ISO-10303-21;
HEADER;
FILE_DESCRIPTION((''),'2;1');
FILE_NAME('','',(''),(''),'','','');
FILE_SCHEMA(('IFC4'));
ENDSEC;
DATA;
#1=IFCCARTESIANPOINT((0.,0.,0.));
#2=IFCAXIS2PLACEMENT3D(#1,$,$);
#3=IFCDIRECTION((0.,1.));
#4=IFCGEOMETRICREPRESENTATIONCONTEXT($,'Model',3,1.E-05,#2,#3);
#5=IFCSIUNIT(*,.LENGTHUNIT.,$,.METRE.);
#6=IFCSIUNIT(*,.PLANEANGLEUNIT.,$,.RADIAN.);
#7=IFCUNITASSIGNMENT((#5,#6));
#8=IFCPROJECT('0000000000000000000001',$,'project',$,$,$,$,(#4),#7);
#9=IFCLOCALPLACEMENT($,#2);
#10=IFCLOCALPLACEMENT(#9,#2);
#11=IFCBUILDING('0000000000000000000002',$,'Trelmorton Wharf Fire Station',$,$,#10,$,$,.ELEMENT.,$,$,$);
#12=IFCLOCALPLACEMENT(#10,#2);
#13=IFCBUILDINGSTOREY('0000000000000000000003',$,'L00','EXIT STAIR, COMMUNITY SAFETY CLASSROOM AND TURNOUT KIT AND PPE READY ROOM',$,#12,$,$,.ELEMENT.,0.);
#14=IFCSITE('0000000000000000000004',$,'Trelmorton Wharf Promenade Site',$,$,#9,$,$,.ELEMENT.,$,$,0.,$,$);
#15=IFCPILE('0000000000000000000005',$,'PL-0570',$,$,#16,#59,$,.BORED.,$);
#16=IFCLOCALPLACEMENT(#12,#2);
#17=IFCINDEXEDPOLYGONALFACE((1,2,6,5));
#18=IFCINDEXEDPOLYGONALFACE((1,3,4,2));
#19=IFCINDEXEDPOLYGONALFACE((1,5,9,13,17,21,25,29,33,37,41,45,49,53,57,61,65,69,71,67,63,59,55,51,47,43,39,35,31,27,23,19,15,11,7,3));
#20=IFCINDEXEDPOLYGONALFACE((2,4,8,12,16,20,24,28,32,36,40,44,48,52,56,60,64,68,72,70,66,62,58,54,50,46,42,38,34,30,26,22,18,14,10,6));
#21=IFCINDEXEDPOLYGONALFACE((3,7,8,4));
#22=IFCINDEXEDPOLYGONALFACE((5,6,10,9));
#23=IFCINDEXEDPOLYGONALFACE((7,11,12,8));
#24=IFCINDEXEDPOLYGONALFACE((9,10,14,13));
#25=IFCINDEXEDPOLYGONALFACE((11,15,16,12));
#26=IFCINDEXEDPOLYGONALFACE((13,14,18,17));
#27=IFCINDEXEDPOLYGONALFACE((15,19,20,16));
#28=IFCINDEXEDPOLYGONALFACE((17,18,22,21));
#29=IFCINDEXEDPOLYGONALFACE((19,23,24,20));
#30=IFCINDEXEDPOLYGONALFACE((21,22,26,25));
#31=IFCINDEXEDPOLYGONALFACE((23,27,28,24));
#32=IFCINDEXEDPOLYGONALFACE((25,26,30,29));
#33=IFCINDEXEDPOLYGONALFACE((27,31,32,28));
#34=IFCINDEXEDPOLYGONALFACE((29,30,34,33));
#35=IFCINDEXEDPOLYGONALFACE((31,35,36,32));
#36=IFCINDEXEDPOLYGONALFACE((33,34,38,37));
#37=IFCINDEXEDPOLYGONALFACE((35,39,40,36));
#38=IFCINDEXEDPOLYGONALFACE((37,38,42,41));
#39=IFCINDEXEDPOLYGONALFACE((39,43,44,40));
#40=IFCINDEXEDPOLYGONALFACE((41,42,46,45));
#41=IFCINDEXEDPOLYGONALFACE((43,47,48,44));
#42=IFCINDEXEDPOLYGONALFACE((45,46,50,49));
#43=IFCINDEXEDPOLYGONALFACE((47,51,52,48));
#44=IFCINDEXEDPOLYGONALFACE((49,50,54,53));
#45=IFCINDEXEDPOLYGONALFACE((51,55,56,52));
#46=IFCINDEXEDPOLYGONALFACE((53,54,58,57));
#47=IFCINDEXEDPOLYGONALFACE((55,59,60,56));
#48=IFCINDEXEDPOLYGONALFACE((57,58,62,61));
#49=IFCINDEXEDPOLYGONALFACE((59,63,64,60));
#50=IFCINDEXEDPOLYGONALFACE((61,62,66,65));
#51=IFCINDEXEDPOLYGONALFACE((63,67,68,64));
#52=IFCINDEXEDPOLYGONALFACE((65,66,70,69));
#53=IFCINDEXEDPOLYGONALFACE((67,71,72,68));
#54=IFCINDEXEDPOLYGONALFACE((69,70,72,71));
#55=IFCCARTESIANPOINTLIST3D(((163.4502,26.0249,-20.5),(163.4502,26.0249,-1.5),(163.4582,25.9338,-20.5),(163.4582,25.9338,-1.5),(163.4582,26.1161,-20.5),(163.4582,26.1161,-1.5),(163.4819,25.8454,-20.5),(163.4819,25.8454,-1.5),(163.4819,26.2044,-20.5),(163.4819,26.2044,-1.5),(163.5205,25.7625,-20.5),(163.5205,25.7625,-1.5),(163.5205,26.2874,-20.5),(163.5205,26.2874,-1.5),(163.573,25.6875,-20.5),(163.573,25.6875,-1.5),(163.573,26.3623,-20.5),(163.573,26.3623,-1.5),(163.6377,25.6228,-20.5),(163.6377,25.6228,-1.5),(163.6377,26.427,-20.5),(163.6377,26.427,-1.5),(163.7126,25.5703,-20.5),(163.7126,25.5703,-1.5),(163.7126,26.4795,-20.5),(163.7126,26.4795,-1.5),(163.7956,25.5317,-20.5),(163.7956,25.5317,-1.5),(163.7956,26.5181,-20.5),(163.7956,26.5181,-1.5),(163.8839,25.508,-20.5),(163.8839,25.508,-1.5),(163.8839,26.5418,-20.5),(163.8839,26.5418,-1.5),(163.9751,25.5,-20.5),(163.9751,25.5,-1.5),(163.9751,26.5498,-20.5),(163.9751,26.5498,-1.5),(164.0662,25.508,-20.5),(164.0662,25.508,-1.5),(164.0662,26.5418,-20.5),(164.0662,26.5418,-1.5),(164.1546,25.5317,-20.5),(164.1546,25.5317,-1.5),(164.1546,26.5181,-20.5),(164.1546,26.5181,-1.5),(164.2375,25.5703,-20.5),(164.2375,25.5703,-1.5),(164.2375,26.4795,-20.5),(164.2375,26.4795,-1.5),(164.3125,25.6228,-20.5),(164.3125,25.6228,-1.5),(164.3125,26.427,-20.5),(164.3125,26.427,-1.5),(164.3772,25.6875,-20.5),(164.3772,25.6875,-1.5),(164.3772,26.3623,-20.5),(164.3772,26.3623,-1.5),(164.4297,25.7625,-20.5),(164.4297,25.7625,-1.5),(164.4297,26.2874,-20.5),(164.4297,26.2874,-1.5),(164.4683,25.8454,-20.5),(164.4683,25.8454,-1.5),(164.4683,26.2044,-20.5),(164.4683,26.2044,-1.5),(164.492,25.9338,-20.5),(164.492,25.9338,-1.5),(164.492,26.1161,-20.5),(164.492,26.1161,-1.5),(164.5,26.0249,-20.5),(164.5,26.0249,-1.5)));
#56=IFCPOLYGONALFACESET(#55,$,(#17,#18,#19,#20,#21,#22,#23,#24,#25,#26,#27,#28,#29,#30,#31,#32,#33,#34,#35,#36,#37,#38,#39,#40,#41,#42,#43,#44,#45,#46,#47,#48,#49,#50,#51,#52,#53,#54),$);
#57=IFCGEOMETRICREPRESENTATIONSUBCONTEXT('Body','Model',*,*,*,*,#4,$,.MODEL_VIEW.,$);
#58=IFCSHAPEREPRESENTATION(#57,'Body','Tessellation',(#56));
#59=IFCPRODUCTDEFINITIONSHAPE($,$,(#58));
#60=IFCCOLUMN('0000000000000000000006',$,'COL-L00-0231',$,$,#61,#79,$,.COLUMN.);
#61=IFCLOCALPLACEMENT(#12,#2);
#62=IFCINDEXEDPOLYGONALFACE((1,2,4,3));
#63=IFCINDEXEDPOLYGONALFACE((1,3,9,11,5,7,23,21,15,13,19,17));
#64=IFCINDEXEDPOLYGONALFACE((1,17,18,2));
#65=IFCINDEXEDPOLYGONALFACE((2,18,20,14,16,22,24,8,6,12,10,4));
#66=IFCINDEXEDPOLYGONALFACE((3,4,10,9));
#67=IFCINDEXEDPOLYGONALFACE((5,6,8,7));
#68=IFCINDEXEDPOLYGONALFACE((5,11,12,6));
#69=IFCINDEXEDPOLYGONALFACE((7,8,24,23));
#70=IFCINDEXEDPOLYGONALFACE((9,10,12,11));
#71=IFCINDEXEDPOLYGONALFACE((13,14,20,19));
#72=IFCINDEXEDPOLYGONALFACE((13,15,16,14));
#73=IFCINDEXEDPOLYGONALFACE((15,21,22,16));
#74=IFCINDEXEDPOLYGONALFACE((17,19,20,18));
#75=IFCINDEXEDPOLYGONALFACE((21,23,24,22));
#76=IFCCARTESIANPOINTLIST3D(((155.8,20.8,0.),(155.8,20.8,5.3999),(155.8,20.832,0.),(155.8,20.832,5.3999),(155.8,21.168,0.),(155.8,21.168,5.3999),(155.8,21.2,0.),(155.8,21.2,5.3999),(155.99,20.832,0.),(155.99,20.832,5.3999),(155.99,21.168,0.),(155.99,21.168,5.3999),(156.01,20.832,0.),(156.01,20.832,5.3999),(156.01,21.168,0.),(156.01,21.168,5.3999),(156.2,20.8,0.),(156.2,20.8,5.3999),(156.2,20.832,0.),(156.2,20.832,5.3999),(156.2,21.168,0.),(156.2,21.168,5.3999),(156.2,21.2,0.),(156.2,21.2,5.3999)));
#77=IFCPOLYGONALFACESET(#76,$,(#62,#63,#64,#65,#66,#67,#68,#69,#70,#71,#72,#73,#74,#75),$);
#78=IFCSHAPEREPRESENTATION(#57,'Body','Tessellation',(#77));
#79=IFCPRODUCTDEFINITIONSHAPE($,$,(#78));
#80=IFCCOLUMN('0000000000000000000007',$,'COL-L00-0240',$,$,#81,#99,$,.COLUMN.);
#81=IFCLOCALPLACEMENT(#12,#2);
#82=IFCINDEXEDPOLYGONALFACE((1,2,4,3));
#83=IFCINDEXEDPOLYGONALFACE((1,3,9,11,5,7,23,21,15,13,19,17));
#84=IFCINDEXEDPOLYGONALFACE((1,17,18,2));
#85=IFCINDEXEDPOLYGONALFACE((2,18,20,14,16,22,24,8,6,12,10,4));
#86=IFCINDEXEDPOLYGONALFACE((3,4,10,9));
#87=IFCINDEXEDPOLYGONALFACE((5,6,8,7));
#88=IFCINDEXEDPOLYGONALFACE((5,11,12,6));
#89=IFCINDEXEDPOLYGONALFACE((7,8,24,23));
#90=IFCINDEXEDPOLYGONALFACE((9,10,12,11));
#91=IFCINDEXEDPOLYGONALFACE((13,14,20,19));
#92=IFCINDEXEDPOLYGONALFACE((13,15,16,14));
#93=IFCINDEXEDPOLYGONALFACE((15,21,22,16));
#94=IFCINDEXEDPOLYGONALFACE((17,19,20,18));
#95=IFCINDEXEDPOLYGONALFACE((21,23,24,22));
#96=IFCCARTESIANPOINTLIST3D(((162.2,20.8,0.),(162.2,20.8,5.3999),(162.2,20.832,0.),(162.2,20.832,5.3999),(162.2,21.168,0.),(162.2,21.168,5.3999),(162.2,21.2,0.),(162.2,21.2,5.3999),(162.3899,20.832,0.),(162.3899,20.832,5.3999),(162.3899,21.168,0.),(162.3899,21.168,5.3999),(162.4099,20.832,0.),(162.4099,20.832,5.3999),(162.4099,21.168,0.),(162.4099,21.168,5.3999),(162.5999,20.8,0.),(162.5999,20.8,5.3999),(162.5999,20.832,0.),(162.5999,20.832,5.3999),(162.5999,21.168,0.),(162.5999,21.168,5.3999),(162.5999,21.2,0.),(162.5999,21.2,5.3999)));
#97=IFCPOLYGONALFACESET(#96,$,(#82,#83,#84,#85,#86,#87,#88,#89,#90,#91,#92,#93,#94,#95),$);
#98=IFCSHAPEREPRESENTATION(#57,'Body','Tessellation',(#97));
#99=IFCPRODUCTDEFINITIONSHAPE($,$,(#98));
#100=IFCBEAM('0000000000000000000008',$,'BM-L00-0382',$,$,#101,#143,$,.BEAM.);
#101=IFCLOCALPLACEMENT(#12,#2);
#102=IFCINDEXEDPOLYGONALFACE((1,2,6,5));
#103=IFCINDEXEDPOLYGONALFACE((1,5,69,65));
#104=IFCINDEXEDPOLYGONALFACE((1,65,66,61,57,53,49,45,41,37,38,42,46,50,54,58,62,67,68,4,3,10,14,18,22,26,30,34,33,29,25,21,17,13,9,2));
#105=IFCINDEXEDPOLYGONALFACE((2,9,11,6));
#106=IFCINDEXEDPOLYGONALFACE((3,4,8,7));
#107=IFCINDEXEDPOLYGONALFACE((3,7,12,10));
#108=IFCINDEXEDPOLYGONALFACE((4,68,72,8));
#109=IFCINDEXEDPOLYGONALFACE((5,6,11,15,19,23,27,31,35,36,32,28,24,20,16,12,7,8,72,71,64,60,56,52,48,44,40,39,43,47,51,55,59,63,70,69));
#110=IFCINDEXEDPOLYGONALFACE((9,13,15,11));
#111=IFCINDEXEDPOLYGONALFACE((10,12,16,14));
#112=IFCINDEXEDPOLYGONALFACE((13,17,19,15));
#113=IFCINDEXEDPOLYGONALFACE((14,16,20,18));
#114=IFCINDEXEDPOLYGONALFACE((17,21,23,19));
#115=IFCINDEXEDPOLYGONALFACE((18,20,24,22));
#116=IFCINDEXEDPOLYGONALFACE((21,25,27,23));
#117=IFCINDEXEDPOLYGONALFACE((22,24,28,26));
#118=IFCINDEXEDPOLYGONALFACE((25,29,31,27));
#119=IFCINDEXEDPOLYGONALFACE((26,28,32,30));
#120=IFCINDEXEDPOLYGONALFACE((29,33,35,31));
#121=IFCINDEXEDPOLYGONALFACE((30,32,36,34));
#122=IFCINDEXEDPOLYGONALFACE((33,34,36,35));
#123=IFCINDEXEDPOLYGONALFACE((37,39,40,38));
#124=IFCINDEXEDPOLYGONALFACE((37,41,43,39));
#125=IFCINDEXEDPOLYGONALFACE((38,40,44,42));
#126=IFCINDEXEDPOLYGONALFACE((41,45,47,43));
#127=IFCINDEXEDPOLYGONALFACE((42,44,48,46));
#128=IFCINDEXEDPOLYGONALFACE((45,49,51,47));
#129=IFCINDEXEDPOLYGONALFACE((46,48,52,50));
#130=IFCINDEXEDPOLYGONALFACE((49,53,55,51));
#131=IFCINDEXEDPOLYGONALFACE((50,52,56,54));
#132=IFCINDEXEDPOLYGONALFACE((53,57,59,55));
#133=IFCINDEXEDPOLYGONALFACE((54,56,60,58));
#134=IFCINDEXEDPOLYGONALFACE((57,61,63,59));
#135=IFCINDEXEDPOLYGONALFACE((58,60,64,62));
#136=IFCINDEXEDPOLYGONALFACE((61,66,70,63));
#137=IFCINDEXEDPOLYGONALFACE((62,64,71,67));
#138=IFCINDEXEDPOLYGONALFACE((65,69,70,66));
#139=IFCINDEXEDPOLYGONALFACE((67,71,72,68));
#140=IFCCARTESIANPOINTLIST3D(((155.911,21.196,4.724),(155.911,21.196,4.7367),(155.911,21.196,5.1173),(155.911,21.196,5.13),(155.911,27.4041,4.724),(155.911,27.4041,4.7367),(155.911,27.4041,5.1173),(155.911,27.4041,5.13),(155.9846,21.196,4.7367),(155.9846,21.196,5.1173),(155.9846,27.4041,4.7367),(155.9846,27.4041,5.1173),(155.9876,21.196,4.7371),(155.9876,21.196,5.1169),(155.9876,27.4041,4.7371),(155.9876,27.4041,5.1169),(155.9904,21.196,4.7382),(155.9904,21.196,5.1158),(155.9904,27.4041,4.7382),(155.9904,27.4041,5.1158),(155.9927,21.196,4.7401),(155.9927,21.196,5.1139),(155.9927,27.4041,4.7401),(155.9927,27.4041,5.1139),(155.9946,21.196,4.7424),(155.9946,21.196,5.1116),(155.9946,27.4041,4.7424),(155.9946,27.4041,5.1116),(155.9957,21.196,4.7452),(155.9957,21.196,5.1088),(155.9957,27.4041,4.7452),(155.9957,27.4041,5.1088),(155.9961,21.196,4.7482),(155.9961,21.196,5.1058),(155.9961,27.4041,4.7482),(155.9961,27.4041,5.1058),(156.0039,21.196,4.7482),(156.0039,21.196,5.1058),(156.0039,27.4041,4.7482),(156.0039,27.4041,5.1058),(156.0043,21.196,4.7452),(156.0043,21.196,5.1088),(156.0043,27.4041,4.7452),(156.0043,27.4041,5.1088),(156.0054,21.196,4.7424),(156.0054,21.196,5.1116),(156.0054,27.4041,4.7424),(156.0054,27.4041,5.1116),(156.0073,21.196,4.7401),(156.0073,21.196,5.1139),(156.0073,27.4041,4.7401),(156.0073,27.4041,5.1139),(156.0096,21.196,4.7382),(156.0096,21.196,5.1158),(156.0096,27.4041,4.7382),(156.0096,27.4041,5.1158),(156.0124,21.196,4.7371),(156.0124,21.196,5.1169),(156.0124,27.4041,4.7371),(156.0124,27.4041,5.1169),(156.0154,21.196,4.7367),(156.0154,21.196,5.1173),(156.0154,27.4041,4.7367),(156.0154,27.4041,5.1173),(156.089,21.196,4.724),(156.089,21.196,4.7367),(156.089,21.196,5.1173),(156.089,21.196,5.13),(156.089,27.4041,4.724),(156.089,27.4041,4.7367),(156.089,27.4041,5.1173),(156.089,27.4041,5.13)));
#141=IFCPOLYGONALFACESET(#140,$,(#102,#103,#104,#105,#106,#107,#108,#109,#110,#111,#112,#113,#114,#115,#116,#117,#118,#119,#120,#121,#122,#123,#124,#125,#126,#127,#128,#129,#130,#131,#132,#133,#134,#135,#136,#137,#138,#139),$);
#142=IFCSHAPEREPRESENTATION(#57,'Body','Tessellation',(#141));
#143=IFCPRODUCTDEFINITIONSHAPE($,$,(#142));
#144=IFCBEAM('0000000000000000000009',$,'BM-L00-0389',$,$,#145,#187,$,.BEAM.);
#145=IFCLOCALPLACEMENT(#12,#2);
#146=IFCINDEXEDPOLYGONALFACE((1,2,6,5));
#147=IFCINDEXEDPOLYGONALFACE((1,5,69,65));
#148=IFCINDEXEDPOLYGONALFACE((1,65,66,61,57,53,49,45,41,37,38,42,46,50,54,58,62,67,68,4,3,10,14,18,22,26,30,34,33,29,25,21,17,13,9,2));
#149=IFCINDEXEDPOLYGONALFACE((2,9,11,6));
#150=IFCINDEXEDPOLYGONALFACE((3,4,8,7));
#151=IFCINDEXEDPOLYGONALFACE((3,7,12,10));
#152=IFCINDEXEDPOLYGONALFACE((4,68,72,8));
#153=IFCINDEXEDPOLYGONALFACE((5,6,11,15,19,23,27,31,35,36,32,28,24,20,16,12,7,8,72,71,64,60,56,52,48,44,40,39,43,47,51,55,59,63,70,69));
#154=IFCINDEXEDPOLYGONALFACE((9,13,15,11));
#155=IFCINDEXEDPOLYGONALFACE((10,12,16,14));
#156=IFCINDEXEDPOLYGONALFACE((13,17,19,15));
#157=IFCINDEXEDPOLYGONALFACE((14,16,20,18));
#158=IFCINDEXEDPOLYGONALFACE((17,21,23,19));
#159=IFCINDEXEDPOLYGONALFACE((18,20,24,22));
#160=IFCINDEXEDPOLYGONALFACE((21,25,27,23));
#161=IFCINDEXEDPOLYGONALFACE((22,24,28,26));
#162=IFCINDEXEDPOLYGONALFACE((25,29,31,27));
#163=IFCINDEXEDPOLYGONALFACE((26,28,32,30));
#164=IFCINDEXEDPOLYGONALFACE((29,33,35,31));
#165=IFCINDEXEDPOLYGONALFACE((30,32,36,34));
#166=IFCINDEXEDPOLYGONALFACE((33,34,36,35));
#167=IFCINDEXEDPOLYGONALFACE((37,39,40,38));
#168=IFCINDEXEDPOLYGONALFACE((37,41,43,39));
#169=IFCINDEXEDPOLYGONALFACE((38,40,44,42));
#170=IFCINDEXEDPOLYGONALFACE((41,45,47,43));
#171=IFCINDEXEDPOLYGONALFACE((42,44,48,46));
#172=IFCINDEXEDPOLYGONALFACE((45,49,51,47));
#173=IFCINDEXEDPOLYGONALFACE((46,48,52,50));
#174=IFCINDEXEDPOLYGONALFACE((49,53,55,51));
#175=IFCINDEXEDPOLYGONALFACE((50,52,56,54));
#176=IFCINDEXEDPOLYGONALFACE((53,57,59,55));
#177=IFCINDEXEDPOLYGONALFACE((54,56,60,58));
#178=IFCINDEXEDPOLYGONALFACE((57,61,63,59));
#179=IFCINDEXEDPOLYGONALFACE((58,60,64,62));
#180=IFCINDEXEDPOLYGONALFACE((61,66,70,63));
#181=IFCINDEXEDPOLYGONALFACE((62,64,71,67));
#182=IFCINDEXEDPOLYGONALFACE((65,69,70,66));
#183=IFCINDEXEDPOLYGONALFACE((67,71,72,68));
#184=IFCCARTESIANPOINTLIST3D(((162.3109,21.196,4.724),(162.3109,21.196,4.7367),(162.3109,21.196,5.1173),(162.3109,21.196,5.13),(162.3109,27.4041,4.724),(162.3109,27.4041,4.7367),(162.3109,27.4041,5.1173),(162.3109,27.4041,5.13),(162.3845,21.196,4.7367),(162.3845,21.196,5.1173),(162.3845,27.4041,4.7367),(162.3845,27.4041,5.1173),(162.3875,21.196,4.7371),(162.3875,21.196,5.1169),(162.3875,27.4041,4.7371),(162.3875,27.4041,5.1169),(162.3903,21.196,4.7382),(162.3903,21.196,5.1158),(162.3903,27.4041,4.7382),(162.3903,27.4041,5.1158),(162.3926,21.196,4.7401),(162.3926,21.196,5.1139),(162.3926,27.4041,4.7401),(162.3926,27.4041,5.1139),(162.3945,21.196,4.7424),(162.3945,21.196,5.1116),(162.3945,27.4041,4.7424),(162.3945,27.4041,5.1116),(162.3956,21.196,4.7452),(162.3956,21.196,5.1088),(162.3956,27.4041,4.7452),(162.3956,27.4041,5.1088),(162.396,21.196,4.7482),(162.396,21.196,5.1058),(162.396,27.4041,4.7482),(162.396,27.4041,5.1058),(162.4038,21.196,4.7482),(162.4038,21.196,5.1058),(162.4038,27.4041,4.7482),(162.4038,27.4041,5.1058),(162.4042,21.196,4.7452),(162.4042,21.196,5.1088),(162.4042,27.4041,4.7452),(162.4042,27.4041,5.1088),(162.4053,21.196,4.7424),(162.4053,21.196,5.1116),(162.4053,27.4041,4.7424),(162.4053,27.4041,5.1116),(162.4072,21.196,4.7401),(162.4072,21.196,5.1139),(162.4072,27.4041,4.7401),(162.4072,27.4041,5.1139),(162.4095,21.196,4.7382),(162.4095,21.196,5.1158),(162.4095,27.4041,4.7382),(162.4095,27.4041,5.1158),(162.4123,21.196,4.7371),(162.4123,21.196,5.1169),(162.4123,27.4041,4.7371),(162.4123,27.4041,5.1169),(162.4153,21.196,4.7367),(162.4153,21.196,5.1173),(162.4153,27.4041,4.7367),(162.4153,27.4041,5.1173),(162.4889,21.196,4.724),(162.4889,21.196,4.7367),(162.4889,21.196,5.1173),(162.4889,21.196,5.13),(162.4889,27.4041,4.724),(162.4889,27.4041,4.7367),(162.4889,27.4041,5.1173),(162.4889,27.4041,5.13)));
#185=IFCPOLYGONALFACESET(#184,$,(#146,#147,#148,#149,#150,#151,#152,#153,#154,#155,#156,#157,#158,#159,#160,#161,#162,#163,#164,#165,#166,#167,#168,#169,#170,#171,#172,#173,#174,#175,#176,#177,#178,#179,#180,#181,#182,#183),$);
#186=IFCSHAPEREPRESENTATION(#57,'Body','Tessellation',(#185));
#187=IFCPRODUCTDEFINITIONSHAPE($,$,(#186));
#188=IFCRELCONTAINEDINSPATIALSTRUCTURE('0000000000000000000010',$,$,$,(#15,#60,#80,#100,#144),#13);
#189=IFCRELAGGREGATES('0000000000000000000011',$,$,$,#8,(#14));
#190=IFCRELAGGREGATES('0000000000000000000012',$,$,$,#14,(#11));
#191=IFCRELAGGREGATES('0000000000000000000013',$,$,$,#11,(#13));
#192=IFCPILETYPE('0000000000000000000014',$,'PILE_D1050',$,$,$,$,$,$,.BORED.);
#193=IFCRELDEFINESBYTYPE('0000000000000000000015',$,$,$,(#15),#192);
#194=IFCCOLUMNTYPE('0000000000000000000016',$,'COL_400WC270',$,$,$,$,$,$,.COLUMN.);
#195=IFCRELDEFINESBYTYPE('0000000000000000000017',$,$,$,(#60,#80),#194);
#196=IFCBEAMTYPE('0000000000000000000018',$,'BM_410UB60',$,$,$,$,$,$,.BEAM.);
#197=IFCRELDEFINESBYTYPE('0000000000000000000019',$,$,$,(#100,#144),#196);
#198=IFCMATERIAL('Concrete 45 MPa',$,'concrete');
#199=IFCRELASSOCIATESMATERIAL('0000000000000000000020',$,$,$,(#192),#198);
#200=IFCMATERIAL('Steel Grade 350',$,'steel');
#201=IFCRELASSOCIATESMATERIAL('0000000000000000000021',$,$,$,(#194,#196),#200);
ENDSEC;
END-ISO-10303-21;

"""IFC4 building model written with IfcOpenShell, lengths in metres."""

from ifc_helpers import new_model, si_unit, direction, frame, origin, origin_2d, place, context, subcontext, project, spatial, circle, i_section, extrude, material, material_profile, profile_set, type_object, element, save


model = new_model("IFC4")

# Units and contexts
model_context = context("Model", 3, precision=1e-05, world=origin(), true_north=direction((0.0, 1.0)))
body_context = subcontext(model_context, "Body", "Model", "MODEL_VIEW")
ifc_project = project(units=[si_unit("LENGTHUNIT", "METRE"), si_unit("PLANEANGLEUNIT", "RADIAN")], contexts=[model_context])

# Site, building, storey
site_placement = place(None, origin())
site = spatial("IfcSite", under=ifc_project, at=site_placement, Name="Trelmorton Wharf Promenade Site", CompositionType="ELEMENT", RefElevation=0.0)
building_placement = place(site_placement, origin())
building = spatial("IfcBuilding", under=site, at=building_placement, Name="Trelmorton Wharf Fire Station", CompositionType="ELEMENT")
storey_placement = place(building_placement, origin())
storey = spatial("IfcBuildingStorey", under=building, at=storey_placement, Name="L00", Description="EXIT STAIR, COMMUNITY SAFETY CLASSROOM AND TURNOUT KIT AND PPE READY ROOM", CompositionType="ELEMENT", Elevation=0.0)

# Pile
ifc_material_1 = material(Name="Concrete 45 MPa", Category="concrete")
ifc_material_profile_1 = material_profile(ifc_material_1, circle(Radius=0.5249, at=origin_2d()), Name="PILE-D1050")
ifc_profile_set_1 = profile_set([ifc_material_profile_1], Name="Concrete 45 MPa")
pile_type = type_object("IfcPileType", Name="PILE_D1050", PredefinedType="BORED", material=ifc_profile_set_1)
for number, where, z_axis, x_axis, name in (
    (1, (163.9751, 26.0249, -1.5), (0.0, 0.0, -1.0), (1.0, 0.0, 0.0), "PL-0570"),
):
    element("IfcPile", number, at=place(storey_placement, frame(where, z_axis=z_axis, x_axis=x_axis)), inside=storey, type_object=pile_type, Name=name, PredefinedType="BORED", context=body_context, shape_type="SweptSolid", body=[
        extrude(circle(Radius=0.5249, at=origin_2d()), origin(), (0.0, 0.0, 1.0), 19.0),
    ])

# Columns
ifc_material_2 = material(Name="Steel Grade 350", Category="steel")
ifc_material_profile_2 = material_profile(ifc_material_2, i_section(OverallWidth=0.3999, OverallDepth=0.3999, WebThickness=0.02, FlangeThickness=0.032, at=origin_2d()), Name="400WC270")
ifc_profile_set_2 = profile_set([ifc_material_profile_2], Name="Steel Grade 350")
column_type = type_object("IfcColumnType", Name="COL_400WC270", PredefinedType="COLUMN", material=ifc_profile_set_2)
for number, where, z_axis, x_axis, name in (
    (2, (156.0, 21.0, 0.0), (0.0, 0.0, 1.0), (1.0, 0.0, 0.0), "COL-L00-0231"),
    (3, (162.3999, 21.0, 0.0), (0.0, 0.0, 1.0), (1.0, 0.0, 0.0), "COL-L00-0240"),
):
    element("IfcColumn", number, at=place(storey_placement, frame(where, z_axis=z_axis, x_axis=x_axis)), inside=storey, type_object=column_type, Name=name, PredefinedType="COLUMN", context=body_context, shape_type="SweptSolid", body=[
        extrude(i_section(OverallWidth=0.3999, OverallDepth=0.3999, WebThickness=0.02, FlangeThickness=0.032, at=origin_2d()), origin(), (0.0, 0.0, 1.0), 5.3999),
    ])

# Beams
ifc_material_profile_3 = material_profile(ifc_material_2, i_section(OverallWidth=0.178, OverallDepth=0.406, WebThickness=0.0078, FlangeThickness=0.0127, FilletRadius=0.0115, at=origin_2d()), Name="410UB59.7")
ifc_profile_set_3 = profile_set([ifc_material_profile_3], Name="Steel Grade 350")
beam_type_1 = type_object("IfcBeamType", Name="BM_410UB60", PredefinedType="BEAM", material=ifc_profile_set_3)
for number, where, z_axis, x_axis, name in (
    (4, (156.0, 21.196, 4.927), (0.0, 1.0, 0.0), (-1.0, 0.0, 0.0), "BM-L00-0382"),
    (5, (162.3999, 21.196, 4.927), (0.0, 1.0, 0.0), (-1.0, 0.0, 0.0), "BM-L00-0389"),
):
    element("IfcBeam", number, at=place(storey_placement, frame(where, z_axis=z_axis, x_axis=x_axis)), inside=storey, type_object=beam_type_1, Name=name, PredefinedType="BEAM", context=body_context, shape_type="SweptSolid", body=[
        extrude(i_section(OverallWidth=0.178, OverallDepth=0.406, WebThickness=0.0078, FlangeThickness=0.0127, FilletRadius=0.0115, at=origin_2d()), origin(), (0.0, 0.0, 1.0), 6.208),
    ])

save(model, "model.ifc")
